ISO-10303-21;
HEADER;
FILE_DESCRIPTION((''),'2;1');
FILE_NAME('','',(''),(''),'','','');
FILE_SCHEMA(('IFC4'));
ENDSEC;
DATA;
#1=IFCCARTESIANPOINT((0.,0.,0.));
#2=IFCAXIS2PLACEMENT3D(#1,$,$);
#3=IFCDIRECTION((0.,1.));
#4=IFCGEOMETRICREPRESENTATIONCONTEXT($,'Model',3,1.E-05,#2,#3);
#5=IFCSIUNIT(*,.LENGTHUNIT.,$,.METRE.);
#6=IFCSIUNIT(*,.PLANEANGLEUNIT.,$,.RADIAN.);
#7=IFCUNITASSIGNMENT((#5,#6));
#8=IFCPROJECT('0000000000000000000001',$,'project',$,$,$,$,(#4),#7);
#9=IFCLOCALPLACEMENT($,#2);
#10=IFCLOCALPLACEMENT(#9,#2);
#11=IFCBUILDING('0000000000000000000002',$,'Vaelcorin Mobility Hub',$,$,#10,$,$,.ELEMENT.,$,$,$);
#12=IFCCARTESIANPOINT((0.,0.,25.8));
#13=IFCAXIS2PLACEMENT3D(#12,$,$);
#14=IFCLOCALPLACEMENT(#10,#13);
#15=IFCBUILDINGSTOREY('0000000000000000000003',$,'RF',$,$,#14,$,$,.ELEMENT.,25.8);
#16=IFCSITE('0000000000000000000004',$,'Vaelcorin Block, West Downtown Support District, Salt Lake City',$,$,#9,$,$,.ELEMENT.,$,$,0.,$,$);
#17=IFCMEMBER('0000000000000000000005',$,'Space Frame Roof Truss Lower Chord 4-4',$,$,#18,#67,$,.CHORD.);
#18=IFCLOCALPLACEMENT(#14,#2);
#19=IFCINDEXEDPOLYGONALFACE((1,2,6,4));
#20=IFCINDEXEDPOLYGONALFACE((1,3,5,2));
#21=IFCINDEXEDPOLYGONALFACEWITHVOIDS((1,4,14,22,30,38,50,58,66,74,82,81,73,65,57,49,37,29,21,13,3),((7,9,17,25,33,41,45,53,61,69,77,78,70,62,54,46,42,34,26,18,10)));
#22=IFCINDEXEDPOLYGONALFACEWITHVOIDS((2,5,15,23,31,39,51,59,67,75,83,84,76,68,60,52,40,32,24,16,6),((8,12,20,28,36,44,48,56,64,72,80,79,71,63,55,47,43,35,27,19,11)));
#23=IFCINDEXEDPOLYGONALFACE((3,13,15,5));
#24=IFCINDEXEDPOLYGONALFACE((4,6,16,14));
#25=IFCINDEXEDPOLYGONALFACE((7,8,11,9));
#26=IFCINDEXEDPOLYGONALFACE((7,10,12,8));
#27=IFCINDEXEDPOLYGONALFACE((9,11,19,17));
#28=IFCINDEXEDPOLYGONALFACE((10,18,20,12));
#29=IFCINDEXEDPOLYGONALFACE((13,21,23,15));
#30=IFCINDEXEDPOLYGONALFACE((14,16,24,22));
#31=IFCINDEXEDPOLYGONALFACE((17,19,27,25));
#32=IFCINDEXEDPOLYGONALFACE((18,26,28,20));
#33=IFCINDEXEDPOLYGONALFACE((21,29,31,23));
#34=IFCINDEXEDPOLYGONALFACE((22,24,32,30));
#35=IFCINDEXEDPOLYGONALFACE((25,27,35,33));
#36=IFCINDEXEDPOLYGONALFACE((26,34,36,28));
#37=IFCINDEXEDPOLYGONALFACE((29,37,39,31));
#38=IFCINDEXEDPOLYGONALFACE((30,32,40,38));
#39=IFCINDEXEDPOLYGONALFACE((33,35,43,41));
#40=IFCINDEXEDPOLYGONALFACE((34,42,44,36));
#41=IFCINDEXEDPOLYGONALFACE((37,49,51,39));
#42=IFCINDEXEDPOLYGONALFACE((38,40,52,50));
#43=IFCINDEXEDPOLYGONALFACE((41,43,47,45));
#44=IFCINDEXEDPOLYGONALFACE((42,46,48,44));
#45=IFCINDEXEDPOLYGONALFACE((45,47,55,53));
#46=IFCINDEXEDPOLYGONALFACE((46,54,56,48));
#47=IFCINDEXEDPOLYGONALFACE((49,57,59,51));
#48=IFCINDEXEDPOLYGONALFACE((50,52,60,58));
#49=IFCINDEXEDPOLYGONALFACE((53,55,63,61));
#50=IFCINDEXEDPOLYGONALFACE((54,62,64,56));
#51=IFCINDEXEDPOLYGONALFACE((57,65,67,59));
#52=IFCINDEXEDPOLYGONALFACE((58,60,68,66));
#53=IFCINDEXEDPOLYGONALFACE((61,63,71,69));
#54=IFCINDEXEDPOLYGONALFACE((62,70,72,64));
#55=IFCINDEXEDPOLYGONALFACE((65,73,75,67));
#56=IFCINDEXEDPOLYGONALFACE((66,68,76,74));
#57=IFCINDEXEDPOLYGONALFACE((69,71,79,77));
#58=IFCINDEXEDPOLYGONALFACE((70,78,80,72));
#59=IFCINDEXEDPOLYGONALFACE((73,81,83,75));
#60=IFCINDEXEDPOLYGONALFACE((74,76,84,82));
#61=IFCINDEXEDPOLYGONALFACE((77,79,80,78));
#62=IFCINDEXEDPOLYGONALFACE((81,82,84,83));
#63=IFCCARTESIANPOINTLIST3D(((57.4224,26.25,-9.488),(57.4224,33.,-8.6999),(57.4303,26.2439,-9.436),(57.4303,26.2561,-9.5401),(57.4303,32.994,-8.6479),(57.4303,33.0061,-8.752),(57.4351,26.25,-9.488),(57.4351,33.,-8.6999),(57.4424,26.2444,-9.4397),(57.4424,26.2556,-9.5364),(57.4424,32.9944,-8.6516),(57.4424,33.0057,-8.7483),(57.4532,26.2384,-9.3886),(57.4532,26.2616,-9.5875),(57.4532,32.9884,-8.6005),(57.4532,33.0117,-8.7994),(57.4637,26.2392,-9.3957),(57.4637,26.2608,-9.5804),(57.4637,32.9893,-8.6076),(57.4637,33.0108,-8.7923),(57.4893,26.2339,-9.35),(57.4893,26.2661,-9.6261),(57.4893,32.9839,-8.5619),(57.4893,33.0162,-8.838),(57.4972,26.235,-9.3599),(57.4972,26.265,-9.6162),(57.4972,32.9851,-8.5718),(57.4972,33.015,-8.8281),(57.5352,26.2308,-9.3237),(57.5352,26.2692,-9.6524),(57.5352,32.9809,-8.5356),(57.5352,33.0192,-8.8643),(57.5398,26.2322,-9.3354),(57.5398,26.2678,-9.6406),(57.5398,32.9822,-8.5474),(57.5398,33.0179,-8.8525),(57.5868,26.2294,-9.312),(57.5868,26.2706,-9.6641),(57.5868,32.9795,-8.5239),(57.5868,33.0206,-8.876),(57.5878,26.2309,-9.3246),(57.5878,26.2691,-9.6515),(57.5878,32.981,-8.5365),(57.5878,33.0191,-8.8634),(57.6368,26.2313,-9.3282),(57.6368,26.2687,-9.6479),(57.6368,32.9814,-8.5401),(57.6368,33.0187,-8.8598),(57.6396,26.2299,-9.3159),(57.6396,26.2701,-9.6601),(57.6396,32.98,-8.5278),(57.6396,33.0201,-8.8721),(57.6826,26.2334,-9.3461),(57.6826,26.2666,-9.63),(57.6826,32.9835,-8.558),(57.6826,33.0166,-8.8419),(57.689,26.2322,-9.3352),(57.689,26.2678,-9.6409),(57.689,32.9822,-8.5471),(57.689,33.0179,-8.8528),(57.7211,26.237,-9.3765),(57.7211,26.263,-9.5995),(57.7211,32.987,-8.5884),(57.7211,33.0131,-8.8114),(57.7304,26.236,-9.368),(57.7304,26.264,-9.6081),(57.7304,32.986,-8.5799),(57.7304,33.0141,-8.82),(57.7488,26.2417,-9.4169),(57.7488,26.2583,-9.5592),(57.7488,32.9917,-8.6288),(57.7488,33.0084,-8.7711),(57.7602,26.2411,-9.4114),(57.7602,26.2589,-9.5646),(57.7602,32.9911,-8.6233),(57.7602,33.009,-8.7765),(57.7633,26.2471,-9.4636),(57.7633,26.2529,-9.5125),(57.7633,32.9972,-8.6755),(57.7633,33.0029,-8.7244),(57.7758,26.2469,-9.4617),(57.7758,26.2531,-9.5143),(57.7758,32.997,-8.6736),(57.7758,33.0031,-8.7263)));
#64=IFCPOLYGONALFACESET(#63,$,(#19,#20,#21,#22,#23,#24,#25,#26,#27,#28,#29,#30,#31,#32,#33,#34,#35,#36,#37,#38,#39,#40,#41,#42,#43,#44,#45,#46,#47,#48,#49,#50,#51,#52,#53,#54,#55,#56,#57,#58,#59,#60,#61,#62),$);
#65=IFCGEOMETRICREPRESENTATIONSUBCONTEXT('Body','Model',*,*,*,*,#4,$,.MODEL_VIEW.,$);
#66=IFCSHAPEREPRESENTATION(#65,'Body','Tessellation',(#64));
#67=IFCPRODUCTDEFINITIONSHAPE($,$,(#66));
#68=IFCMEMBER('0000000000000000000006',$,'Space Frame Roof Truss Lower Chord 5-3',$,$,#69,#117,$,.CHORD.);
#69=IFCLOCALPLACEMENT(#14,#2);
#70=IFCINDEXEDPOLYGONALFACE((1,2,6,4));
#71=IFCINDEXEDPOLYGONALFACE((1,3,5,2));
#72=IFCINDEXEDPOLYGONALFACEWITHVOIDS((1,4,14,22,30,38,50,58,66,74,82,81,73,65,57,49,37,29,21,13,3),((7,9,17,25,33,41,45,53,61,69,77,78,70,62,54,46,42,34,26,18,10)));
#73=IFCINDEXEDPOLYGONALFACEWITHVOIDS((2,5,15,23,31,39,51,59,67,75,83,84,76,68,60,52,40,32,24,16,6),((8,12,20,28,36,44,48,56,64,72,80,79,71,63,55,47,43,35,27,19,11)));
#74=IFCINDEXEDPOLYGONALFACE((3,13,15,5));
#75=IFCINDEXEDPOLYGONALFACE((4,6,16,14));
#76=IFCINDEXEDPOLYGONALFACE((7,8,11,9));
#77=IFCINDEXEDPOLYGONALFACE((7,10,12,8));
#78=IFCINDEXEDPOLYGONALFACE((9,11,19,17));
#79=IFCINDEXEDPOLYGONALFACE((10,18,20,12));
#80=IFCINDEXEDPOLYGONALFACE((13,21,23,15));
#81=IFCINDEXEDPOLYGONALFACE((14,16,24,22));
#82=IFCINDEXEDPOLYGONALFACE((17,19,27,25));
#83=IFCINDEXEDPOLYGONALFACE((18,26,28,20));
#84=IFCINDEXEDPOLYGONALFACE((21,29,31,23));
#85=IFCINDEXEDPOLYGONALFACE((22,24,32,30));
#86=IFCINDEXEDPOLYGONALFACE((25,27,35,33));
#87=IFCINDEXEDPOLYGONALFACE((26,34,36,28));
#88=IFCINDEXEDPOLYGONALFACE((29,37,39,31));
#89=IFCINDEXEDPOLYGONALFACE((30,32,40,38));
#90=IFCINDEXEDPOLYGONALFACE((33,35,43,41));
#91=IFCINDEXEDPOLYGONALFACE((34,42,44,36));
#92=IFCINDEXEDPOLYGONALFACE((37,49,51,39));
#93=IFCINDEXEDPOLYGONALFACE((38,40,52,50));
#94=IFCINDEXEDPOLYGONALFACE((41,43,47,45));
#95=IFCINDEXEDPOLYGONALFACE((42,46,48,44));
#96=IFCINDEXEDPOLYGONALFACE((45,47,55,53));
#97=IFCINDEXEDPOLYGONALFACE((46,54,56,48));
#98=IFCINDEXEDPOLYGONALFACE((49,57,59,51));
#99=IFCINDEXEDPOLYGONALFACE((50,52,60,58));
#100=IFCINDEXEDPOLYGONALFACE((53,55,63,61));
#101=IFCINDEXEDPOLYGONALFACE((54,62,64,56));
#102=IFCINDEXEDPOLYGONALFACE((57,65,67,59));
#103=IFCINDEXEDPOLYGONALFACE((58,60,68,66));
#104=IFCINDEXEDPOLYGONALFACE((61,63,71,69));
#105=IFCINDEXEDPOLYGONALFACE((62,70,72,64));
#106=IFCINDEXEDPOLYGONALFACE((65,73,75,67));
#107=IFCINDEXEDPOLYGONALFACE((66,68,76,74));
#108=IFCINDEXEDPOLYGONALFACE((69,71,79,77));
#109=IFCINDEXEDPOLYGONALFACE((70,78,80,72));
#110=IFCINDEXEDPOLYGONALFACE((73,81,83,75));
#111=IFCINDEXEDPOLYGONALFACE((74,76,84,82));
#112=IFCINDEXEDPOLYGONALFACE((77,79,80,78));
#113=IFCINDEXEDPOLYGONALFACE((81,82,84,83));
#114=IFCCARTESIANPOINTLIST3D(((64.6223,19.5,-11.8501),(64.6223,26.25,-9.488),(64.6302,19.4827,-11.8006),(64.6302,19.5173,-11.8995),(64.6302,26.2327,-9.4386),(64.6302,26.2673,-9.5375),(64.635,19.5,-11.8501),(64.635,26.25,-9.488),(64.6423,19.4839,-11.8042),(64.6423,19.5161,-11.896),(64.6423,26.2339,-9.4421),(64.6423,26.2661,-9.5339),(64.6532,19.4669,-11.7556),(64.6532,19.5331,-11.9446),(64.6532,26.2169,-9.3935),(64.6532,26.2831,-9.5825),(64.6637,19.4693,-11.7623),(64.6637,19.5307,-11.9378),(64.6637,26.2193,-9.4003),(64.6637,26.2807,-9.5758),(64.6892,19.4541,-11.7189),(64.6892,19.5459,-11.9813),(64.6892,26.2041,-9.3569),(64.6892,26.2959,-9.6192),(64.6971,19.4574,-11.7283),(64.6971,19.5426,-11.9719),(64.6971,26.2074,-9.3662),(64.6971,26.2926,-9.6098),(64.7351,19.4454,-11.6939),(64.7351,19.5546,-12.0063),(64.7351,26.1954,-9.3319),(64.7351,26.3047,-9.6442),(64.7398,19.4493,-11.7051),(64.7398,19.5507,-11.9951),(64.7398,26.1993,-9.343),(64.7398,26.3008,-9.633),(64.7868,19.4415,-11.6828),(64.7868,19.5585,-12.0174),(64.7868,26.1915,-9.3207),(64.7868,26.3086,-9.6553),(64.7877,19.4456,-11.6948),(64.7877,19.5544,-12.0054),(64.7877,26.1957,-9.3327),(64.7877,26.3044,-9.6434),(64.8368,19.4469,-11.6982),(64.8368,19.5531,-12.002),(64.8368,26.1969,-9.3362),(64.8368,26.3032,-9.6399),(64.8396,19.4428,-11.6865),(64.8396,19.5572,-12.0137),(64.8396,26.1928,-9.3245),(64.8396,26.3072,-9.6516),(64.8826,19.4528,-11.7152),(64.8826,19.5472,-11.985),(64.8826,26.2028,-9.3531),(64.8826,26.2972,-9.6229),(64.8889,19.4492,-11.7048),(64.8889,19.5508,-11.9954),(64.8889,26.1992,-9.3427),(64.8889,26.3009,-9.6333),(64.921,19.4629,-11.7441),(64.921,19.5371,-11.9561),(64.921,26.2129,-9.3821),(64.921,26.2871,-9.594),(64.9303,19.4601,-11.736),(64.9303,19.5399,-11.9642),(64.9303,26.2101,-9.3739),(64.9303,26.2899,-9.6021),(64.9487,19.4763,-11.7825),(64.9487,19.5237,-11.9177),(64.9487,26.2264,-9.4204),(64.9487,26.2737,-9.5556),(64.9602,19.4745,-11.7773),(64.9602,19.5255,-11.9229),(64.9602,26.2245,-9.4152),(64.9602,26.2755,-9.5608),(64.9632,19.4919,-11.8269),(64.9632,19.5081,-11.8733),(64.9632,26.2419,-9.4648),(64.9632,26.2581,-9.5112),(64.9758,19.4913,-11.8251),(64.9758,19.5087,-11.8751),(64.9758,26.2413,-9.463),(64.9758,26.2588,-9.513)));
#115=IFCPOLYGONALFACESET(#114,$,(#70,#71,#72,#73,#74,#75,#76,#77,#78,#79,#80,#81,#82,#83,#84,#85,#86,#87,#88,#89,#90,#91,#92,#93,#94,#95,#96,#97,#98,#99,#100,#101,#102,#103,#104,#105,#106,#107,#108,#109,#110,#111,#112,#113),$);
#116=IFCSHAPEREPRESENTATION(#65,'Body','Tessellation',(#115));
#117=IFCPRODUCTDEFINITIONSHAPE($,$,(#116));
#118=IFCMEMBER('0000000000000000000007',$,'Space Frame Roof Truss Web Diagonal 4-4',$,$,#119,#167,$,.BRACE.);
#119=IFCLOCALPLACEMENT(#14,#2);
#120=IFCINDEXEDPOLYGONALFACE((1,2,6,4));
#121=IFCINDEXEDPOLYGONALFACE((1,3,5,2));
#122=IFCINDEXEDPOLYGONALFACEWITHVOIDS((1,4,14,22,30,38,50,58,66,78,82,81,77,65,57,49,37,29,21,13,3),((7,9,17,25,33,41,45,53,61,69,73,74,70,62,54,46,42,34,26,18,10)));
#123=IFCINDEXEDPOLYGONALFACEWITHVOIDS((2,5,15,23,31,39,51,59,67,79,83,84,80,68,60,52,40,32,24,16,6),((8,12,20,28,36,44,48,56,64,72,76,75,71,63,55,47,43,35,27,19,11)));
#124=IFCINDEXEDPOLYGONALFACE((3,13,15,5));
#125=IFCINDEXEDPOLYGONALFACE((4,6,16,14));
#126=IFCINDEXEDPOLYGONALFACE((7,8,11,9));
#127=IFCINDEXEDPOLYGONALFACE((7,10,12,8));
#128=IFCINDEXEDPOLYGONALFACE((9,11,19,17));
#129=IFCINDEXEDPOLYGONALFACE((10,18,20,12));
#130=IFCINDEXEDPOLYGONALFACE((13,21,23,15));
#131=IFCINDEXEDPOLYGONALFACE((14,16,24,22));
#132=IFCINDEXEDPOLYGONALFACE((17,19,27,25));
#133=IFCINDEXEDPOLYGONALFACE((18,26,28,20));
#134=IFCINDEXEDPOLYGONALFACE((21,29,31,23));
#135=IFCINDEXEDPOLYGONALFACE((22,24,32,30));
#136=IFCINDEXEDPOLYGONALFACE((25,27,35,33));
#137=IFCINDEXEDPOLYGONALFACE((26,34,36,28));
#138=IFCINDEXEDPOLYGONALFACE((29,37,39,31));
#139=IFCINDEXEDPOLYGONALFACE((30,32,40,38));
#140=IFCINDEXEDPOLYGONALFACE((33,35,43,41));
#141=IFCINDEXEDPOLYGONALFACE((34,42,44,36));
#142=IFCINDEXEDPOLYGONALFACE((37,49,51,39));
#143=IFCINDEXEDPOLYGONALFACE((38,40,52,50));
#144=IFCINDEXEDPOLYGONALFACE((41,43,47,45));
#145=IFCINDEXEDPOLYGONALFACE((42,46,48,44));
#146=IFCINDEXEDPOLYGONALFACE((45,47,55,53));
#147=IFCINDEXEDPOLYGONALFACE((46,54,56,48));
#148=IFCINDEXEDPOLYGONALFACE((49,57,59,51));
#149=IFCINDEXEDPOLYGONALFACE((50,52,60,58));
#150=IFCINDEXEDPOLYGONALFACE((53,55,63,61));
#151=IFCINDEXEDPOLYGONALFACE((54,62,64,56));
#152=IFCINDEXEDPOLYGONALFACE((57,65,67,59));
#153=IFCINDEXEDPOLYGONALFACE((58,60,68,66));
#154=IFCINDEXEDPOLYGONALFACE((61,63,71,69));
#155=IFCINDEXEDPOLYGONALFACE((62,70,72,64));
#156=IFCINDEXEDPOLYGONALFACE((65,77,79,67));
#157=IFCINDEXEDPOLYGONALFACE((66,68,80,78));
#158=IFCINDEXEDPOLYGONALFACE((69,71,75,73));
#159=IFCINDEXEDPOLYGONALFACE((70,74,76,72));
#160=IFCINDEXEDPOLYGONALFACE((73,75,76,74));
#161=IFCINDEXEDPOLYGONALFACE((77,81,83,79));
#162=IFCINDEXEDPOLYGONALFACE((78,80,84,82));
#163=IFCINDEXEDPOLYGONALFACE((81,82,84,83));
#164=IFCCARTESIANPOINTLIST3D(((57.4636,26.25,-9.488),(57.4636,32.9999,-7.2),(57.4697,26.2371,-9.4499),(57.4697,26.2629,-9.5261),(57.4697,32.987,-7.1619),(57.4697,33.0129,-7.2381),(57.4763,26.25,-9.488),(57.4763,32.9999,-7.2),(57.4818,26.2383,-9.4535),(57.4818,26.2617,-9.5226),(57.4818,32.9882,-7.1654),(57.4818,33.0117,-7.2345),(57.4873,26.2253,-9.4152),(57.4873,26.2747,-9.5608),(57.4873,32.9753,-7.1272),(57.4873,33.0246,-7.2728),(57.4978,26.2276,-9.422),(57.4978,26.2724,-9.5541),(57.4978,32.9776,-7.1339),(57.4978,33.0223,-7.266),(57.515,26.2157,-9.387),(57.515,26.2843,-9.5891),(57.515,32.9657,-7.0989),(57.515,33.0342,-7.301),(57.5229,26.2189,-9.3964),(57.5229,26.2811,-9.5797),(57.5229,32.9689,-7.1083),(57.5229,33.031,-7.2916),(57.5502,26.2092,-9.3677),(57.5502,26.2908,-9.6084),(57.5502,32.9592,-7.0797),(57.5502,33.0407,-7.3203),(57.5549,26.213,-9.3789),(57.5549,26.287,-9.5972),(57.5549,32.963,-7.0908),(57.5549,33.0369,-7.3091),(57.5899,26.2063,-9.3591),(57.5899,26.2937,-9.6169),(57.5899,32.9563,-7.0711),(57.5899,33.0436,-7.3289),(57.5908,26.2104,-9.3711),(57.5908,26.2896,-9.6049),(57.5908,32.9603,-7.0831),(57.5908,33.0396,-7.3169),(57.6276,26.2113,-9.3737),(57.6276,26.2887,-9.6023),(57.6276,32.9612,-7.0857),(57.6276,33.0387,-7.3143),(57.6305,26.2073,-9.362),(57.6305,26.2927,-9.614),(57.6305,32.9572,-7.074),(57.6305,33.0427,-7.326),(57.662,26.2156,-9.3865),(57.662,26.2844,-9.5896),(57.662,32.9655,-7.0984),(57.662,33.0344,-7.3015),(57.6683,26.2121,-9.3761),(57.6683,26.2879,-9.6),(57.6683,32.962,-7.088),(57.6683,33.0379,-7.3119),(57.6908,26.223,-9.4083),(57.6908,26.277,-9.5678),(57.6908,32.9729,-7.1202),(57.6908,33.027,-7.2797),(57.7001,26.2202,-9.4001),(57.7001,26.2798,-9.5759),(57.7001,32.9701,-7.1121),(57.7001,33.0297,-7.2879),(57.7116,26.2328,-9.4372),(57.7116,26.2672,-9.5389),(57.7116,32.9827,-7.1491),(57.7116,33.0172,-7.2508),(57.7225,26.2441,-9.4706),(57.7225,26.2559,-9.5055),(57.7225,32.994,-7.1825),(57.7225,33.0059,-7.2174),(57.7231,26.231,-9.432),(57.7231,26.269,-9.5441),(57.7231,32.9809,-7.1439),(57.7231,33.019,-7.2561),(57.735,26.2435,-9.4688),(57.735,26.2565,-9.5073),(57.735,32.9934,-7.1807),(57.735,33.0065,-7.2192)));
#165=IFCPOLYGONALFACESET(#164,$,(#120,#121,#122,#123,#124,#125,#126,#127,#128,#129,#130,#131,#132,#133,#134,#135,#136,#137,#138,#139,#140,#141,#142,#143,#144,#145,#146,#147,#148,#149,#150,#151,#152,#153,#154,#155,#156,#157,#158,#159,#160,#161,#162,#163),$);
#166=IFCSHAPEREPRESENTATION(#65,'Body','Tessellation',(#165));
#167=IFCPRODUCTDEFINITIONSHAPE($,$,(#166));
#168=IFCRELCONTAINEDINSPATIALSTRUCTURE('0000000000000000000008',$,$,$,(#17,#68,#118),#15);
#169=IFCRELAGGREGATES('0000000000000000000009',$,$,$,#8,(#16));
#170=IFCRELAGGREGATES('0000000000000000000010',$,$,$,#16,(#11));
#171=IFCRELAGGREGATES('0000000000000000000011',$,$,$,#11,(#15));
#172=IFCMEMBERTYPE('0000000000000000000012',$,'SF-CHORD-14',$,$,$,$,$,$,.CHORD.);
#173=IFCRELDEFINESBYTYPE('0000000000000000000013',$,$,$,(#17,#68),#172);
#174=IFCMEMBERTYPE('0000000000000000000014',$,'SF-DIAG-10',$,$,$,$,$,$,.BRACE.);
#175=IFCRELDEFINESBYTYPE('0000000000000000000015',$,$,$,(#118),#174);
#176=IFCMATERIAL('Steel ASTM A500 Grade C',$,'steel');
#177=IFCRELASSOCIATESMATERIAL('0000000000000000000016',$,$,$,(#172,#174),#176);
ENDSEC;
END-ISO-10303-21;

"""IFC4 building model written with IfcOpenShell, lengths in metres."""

from ifc_helpers import new_model, si_unit, direction, frame, origin, origin_2d, place, context, subcontext, project, spatial, hollow_circle, extrude, material, material_profile, profile_set, type_object, element, save


model = new_model("IFC4")

# Units and contexts
model_context = context("Model", 3, precision=1e-05, world=origin(), true_north=direction((0.0, 1.0)))
body_context = subcontext(model_context, "Body", "Model", "MODEL_VIEW")
ifc_project = project(units=[si_unit("LENGTHUNIT", "METRE"), si_unit("PLANEANGLEUNIT", "RADIAN")], contexts=[model_context])

# Site, building, storey
site_placement = place(None, origin())
site = spatial("IfcSite", under=ifc_project, at=site_placement, Name="Vaelcorin Block, West Downtown Support District, Salt Lake City", CompositionType="ELEMENT", RefElevation=0.0)
building_placement = place(site_placement, origin())
building = spatial("IfcBuilding", under=site, at=building_placement, Name="Vaelcorin Mobility Hub", CompositionType="ELEMENT")
storey_placement = place(building_placement, frame((0.0, 0.0, 25.8)))
storey = spatial("IfcBuildingStorey", under=building, at=storey_placement, Name="RF", CompositionType="ELEMENT", Elevation=25.8)

# Members
ifc_material_1 = material(Name="Steel ASTM A500 Grade C", Category="steel")
ifc_material_profile_1 = material_profile(ifc_material_1, hollow_circle(Radius=0.1777, WallThickness=0.0127, at=origin_2d()), Name="HSS14.000X0.500")
ifc_profile_set_1 = profile_set([ifc_material_profile_1], Name="Steel ASTM A500 Grade C")
member_type_1 = type_object("IfcMemberType", Name="SF-CHORD-14", PredefinedType="CHORD", material=ifc_profile_set_1)
member_1_placement = place(storey_placement, frame((57.6001, 26.25, -9.488), z_axis=(0.0, 0.993253, 0.115966), x_axis=(-1.0, 0.0, 0.0)))
element("IfcMember", 1, at=member_1_placement, inside=storey, type_object=member_type_1, Name="Space Frame Roof Truss Lower Chord 4-4", PredefinedType="CHORD", context=body_context, shape_type="SweptSolid", body=[
    extrude(hollow_circle(Radius=0.1777, WallThickness=0.0127, at=origin_2d()), origin(), (0.0, 0.0, 1.0), 6.7959),
])
member_2_placement = place(storey_placement, frame((64.8, 19.5, -11.8501), z_axis=(0.0, 0.943878, 0.330296), x_axis=(-1.0, 0.0, 0.0)))
element("IfcMember", 2, at=member_2_placement, inside=storey, type_object=member_type_1, Name="Space Frame Roof Truss Lower Chord 5-3", PredefinedType="CHORD", context=body_context, shape_type="SweptSolid", body=[
    extrude(hollow_circle(Radius=0.1777, WallThickness=0.0127, at=origin_2d()), origin(), (0.0, 0.0, 1.0), 7.1514),
])
ifc_material_profile_2 = material_profile(ifc_material_1, hollow_circle(Radius=0.1365, WallThickness=0.0127, at=origin_2d()), Name="HSS10.750X0.500")
ifc_profile_set_2 = profile_set([ifc_material_profile_2], Name="Steel ASTM A500 Grade C")
member_type_2 = type_object("IfcMemberType", Name="SF-DIAG-10", PredefinedType="BRACE", material=ifc_profile_set_2)
member_3_placement = place(storey_placement, frame((57.6001, 26.25, -9.488), z_axis=(0.0, 0.947068, 0.321033), x_axis=(-1.0, 0.0, 0.0)))
element("IfcMember", 3, at=member_3_placement, inside=storey, type_object=member_type_2, Name="Space Frame Roof Truss Web Diagonal 4-4", PredefinedType="BRACE", context=body_context, shape_type="SweptSolid", body=[
    extrude(hollow_circle(Radius=0.1365, WallThickness=0.0127, at=origin_2d()), origin(), (0.0, 0.0, 1.0), 7.1272),
])

save(model, "model.ifc")
